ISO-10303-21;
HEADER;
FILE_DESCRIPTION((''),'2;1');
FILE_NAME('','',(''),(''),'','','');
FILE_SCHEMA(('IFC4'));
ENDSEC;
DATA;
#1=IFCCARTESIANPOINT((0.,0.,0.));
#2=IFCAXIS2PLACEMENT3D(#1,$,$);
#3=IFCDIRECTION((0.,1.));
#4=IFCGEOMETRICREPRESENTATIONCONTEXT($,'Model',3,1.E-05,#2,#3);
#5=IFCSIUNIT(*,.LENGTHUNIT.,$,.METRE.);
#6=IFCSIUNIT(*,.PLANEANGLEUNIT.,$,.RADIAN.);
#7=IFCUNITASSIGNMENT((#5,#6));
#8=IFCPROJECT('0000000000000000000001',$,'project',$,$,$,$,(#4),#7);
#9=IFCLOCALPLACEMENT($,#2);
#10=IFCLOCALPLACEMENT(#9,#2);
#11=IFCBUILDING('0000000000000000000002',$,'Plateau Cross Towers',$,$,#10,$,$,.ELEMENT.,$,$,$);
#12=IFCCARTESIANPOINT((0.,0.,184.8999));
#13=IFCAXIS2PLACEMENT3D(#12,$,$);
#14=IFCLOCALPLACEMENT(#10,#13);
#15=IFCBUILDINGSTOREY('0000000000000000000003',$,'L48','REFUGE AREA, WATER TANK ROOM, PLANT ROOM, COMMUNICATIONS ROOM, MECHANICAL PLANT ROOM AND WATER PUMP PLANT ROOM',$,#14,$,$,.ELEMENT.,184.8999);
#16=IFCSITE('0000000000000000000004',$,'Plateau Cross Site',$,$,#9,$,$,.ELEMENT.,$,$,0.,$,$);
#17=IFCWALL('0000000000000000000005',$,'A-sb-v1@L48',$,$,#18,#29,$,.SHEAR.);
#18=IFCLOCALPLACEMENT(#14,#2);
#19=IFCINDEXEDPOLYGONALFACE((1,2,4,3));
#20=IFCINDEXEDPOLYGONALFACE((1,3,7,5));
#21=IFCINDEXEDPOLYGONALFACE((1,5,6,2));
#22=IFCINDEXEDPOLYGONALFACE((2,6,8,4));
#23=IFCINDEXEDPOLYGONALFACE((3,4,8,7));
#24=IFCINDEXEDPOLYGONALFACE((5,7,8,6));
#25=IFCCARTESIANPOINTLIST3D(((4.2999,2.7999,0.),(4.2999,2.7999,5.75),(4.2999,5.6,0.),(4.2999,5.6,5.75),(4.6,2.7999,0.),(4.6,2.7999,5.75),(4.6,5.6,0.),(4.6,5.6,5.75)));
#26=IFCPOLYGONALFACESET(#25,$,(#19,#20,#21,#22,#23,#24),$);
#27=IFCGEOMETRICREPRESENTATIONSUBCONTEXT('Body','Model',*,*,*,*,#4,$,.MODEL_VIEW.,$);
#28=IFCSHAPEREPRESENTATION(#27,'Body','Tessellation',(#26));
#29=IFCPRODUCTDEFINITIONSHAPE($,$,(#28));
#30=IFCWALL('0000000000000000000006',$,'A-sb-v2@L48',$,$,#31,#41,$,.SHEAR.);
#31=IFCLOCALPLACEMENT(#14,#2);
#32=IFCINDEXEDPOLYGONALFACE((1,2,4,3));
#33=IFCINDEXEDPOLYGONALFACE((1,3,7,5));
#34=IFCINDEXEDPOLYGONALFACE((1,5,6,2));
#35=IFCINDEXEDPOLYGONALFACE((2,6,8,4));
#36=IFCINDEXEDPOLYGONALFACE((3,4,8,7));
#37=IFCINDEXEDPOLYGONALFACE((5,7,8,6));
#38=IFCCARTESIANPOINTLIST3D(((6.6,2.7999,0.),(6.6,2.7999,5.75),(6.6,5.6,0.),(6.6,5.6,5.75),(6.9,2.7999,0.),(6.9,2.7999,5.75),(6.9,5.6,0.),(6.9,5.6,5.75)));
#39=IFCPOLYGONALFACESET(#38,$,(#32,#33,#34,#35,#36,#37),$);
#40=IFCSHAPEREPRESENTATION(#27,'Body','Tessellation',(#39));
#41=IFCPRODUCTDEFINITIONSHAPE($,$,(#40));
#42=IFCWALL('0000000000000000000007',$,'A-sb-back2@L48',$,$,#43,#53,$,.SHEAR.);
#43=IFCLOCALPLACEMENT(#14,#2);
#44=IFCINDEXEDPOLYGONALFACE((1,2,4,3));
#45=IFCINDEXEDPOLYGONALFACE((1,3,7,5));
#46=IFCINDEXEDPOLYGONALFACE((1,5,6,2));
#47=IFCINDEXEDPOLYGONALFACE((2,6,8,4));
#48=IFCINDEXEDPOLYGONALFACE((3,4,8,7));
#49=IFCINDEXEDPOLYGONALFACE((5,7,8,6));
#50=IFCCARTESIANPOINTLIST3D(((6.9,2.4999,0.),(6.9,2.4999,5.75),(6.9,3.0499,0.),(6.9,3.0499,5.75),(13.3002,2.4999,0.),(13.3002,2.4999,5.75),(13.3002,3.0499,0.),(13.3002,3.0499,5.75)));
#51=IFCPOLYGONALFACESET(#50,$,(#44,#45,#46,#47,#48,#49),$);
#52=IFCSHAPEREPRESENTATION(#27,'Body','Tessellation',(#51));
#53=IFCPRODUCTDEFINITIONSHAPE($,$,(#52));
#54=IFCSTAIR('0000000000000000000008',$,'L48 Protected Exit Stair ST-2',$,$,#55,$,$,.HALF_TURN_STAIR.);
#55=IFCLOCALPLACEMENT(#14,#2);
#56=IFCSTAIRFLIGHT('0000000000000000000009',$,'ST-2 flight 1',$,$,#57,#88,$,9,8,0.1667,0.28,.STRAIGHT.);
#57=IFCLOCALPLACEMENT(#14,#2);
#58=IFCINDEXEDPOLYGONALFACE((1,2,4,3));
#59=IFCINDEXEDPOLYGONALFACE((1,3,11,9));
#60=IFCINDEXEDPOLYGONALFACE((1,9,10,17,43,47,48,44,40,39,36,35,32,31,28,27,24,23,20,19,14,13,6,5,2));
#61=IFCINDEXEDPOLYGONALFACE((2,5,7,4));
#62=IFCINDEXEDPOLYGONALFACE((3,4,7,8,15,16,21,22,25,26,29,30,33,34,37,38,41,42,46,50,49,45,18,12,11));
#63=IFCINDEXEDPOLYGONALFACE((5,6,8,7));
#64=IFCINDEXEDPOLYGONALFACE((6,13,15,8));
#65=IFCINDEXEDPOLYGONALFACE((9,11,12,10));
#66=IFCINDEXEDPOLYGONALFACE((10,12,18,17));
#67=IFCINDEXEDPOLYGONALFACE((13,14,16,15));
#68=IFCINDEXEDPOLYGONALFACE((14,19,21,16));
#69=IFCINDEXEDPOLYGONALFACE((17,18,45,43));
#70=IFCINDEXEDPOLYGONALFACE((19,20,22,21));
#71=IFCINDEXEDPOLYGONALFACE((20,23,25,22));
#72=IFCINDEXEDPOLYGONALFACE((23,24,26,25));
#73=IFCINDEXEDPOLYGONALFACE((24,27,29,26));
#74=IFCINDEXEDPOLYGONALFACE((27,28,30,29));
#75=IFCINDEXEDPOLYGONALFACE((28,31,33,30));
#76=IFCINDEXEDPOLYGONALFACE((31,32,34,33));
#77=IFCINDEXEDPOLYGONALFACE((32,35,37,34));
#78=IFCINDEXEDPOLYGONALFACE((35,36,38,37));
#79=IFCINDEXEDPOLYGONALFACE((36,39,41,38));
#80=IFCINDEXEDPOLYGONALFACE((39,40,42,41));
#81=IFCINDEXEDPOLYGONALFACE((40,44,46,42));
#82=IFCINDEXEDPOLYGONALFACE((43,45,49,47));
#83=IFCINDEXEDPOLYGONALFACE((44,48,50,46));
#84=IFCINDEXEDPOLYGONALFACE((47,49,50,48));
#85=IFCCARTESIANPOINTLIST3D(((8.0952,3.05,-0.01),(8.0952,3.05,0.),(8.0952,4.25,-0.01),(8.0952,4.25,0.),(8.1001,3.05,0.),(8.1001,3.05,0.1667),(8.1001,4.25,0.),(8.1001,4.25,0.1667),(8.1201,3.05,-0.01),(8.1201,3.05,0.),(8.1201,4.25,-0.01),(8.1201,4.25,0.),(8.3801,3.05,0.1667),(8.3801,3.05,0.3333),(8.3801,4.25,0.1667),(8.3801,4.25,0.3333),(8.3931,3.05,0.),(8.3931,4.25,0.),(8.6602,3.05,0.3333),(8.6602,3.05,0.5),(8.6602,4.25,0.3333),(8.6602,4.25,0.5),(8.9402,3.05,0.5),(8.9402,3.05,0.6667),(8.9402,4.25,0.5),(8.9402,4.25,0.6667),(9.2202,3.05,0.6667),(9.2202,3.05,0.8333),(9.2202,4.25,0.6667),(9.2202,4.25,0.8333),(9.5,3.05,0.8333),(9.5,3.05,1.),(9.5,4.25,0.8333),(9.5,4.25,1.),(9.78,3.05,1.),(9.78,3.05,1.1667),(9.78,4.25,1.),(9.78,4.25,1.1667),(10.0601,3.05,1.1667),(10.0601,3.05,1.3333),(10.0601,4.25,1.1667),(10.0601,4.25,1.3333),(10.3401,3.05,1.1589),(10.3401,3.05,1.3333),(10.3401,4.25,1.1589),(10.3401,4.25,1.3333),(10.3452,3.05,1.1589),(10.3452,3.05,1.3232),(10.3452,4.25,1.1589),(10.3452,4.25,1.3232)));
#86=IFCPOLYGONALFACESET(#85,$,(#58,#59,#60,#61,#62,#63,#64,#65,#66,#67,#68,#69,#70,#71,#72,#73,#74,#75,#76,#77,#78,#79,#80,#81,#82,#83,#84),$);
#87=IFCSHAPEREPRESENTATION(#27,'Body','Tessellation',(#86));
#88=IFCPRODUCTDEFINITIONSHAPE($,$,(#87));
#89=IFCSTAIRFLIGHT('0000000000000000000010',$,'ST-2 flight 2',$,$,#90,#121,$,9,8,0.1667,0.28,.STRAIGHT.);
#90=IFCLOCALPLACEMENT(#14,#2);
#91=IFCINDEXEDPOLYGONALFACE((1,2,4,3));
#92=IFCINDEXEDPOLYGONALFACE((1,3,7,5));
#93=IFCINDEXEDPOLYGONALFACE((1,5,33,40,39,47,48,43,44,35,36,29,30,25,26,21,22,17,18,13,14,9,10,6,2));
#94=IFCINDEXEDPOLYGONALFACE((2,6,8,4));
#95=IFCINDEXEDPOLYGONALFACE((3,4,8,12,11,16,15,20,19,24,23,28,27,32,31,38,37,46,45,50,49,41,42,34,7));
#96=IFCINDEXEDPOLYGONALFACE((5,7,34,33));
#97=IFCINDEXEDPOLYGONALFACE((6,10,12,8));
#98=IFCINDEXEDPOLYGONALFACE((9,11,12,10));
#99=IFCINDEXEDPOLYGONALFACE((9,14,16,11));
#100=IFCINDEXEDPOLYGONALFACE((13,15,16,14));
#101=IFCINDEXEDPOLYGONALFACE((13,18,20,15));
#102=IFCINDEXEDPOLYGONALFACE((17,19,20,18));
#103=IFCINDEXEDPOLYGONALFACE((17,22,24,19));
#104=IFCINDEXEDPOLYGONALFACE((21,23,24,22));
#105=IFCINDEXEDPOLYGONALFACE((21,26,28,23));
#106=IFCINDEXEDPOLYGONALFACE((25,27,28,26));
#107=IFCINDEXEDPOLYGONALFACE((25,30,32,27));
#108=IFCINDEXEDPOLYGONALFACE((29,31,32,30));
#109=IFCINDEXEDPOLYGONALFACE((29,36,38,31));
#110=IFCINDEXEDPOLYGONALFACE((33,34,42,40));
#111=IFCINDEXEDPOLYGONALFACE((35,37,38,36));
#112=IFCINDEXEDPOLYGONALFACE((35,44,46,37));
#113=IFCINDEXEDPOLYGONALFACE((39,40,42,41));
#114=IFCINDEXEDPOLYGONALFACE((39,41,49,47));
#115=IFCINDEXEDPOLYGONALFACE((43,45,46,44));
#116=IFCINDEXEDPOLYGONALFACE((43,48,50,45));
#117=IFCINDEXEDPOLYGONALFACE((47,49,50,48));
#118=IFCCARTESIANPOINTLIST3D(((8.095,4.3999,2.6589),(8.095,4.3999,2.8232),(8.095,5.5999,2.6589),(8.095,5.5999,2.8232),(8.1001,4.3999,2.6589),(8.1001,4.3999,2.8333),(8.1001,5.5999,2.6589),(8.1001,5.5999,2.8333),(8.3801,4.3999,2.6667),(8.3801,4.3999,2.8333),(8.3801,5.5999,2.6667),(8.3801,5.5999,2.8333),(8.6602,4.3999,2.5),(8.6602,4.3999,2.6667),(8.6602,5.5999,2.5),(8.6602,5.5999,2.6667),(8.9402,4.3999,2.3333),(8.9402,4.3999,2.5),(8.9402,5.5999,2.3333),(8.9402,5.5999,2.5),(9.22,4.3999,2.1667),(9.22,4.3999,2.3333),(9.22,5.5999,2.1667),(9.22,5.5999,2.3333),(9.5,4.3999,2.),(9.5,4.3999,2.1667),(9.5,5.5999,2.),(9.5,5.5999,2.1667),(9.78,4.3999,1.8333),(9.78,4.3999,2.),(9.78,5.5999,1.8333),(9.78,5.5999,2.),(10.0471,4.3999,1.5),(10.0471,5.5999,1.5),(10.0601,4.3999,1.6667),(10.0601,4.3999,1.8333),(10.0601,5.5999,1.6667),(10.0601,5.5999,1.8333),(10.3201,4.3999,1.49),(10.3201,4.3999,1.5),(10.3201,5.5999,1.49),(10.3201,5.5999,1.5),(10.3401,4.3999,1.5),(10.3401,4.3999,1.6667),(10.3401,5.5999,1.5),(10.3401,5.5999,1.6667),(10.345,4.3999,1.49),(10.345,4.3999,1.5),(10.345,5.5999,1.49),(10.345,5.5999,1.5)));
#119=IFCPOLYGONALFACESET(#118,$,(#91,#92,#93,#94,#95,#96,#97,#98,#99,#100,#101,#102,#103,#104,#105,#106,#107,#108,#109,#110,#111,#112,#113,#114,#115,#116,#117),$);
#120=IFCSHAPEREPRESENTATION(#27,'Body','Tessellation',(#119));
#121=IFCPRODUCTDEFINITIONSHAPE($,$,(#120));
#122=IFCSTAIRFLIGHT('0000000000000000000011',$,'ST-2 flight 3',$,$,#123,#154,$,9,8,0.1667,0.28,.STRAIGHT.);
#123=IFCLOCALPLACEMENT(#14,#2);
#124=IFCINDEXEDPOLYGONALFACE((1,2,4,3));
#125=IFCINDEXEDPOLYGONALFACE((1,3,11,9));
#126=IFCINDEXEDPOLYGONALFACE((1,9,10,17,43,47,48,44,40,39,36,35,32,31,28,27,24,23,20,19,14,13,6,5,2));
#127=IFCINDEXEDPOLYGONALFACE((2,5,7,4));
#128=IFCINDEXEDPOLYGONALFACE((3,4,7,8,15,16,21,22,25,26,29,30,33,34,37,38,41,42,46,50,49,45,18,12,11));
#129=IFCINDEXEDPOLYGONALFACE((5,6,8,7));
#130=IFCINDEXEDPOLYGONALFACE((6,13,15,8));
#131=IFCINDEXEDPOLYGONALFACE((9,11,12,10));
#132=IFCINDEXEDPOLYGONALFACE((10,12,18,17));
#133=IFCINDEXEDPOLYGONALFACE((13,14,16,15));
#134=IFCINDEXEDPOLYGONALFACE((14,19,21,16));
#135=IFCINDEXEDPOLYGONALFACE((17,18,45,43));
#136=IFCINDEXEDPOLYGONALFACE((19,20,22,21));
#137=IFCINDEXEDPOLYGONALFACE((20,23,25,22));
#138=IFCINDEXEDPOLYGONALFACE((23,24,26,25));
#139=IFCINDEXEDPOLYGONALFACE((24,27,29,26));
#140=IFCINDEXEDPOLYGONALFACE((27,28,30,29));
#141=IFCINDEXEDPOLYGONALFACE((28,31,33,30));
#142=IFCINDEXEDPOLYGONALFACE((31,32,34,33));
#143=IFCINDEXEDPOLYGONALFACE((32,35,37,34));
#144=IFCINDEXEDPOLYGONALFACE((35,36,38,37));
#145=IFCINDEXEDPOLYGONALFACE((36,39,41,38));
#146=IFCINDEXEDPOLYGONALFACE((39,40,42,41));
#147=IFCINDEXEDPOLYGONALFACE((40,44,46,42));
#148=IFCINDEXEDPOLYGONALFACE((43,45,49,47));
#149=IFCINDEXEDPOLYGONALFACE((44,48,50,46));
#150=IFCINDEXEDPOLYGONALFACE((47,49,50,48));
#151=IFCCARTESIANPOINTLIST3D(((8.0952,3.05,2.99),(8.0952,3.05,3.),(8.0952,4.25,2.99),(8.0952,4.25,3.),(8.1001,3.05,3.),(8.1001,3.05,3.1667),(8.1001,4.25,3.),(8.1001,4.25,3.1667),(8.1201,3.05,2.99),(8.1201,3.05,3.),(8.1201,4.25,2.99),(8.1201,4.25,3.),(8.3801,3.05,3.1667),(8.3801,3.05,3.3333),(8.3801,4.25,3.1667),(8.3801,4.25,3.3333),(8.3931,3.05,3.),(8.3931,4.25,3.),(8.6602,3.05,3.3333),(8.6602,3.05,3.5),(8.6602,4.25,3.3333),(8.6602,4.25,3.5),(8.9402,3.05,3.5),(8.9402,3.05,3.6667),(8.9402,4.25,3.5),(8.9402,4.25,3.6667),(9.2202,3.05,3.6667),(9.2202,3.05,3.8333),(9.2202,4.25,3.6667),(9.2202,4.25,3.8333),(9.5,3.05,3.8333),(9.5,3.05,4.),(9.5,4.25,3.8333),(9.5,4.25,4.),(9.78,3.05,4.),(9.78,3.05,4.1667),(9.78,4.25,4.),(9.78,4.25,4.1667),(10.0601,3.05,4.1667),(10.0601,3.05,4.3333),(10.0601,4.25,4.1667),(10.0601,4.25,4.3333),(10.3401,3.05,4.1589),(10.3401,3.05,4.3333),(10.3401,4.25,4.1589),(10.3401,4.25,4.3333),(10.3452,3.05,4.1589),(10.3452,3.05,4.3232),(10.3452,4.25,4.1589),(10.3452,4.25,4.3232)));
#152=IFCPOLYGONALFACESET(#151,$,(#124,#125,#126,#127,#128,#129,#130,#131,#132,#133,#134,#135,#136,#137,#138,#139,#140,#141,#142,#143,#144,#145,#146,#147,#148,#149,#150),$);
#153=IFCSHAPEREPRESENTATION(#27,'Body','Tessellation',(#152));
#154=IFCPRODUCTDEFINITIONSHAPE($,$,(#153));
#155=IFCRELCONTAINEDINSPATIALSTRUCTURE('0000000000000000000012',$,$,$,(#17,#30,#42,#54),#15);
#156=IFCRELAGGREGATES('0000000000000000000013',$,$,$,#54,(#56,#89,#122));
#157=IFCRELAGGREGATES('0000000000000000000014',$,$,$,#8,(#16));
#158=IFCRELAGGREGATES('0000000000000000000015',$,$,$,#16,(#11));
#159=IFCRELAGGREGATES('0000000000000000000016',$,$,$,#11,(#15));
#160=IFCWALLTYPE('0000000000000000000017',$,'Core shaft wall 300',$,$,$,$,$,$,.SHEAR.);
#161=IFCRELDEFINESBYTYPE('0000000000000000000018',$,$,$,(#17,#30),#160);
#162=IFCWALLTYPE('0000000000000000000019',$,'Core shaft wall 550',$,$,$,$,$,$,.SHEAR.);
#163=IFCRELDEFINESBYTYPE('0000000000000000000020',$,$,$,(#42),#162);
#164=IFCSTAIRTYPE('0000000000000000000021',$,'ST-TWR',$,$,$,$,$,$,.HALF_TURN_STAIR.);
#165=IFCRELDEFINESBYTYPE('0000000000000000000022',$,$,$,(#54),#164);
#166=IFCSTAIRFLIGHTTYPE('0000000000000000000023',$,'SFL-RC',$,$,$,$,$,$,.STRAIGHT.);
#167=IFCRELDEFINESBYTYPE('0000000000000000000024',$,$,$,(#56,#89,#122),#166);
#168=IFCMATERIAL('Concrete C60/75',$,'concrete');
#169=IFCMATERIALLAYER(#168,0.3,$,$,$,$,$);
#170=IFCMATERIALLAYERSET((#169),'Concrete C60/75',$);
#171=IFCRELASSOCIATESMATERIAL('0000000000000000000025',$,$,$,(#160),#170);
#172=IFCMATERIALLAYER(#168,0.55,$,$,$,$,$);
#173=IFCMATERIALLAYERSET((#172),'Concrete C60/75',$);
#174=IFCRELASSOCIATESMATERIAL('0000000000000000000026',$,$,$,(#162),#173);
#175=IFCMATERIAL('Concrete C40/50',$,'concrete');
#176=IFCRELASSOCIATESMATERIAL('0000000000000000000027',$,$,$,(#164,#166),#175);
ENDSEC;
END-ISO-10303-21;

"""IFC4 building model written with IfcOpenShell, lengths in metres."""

from ifc_helpers import new_model, si_unit, direction, frame, frame_2d, origin, place, context, subcontext, project, spatial, polyline, rectangle, outline, extrude, material, layer, layer_set, type_object, element, aggregate, save


model = new_model("IFC4")

# Units and contexts
model_context = context("Model", 3, precision=1e-05, world=origin(), true_north=direction((0.0, 1.0)))
body_context = subcontext(model_context, "Body", "Model", "MODEL_VIEW")
ifc_project = project(units=[si_unit("LENGTHUNIT", "METRE"), si_unit("PLANEANGLEUNIT", "RADIAN")], contexts=[model_context])

# Site, building, storey
site_placement = place(None, origin())
site = spatial("IfcSite", under=ifc_project, at=site_placement, Name="Plateau Cross Site", CompositionType="ELEMENT", RefElevation=0.0)
building_placement = place(site_placement, origin())
building = spatial("IfcBuilding", under=site, at=building_placement, Name="Plateau Cross Towers", CompositionType="ELEMENT")
storey_placement = place(building_placement, frame((0.0, 0.0, 184.8999)))
storey = spatial("IfcBuildingStorey", under=building, at=storey_placement, Name="L48", Description="REFUGE AREA, WATER TANK ROOM, PLANT ROOM, COMMUNICATIONS ROOM, MECHANICAL PLANT ROOM AND WATER PUMP PLANT ROOM", CompositionType="ELEMENT", Elevation=184.8999)

# Walls
ifc_material_1 = material(Name="Concrete C60/75", Category="concrete")
ifc_layer_1 = layer(ifc_material_1, 0.3)
ifc_layer_set_1 = layer_set([ifc_layer_1], Name="Concrete C60/75")
wall_type_1 = type_object("IfcWallType", Name="Core shaft wall 300", PredefinedType="SHEAR", material=ifc_layer_set_1)
for number, where, z_axis, x_axis, name in (
    (1, (4.45, 2.8, 0.0), (0.0, 0.0, 1.0), (0.0, 1.0, 0.0), "A-sb-v1@L48"),
    (2, (6.75, 2.8, 0.0), (0.0, 0.0, 1.0), (0.0, 1.0, 0.0), "A-sb-v2@L48"),
):
    element("IfcWall", number, at=place(storey_placement, frame(where, z_axis=z_axis, x_axis=x_axis)), inside=storey, type_object=wall_type_1, Name=name, PredefinedType="SHEAR", context=body_context, shape_type="SweptSolid", body=[
        extrude(rectangle(XDim=2.8, YDim=0.3, at=frame_2d((1.3999, 0.0))), origin(), (0.0, 0.0, 1.0), 5.75),
    ])
ifc_layer_2 = layer(ifc_material_1, 0.55)
ifc_layer_set_2 = layer_set([ifc_layer_2], Name="Concrete C60/75")
wall_type_2 = type_object("IfcWallType", Name="Core shaft wall 550", PredefinedType="SHEAR", material=ifc_layer_set_2)
wall_placement = place(storey_placement, frame((6.8999, 2.7749, 0.0), z_axis=(0.0, 0.0, 1.0), x_axis=(1.0, 0.0, 0.0)))
element("IfcWall", 3, at=wall_placement, inside=storey, type_object=wall_type_2, Name="A-sb-back2@L48", PredefinedType="SHEAR", context=body_context, shape_type="SweptSolid", body=[
    extrude(rectangle(XDim=6.4001, YDim=0.55, at=frame_2d((3.2002, 0.0))), origin(), (0.0, 0.0, 1.0), 5.75),
])

# Stair, stair flights
ifc_material_2 = material(Name="Concrete C40/50", Category="concrete")
stair_type = type_object("IfcStairType", Name="ST-TWR", PredefinedType="HALF_TURN_STAIR", material=ifc_material_2)
stair_placement = place(storey_placement, origin())
stair = element("IfcStair", 4, at=stair_placement, inside=storey, type_object=stair_type, Name="L48 Protected Exit Stair ST-2", PredefinedType="HALF_TURN_STAIR")
stair_flight_type = type_object("IfcStairFlightType", Name="SFL-RC", PredefinedType="STRAIGHT", material=ifc_material_2)
stair_flight_1_placement = place(storey_placement, frame((8.1001, 3.6499, 0.0), z_axis=(0.0, 0.0, 1.0), x_axis=(1.0, 0.0, 0.0)))
stair_flight_1 = element("IfcStairFlight", 5, at=stair_flight_1_placement, type_object=stair_flight_type, Name="ST-2 flight 1", NumberOfRisers=9, NumberOfTreads=8, PredefinedType="STRAIGHT", RiserHeight=0.1667, TreadLength=0.28, context=body_context, shape_type="SweptSolid", body=[
    extrude(outline(polyline([(-0.0049, -0.01), (-0.0049, 0.0), (0.0, 0.0), (0.0, 0.1667), (0.28, 0.1667), (0.28, 0.3333), (0.5601, 0.3333), (0.5601, 0.5), (0.8401, 0.5), (0.8401, 0.6667), (1.1201, 0.6667), (1.1201, 0.8333), (1.3999, 0.8333), (1.3999, 1.0), (1.6799, 1.0), (1.6799, 1.1667), (1.96, 1.1667), (1.96, 1.3333), (2.24, 1.3333), (2.2451, 1.3232), (2.2451, 1.1589), (2.24, 1.1589), (0.293, 0.0), (0.02, 0.0), (0.02, -0.01), (-0.0049, -0.01)])), frame((0.0, 0.6001, 0.0), z_axis=(0.0, -1.0, 0.0), x_axis=(1.0, 0.0, 0.0)), (0.0, 0.0, 1.0), 1.2),
])
stair_flight_2_placement = place(storey_placement, frame((10.3401, 5.0, 1.5), z_axis=(0.0, 0.0, 1.0), x_axis=(-1.0, 0.0, 0.0)))
stair_flight_2 = element("IfcStairFlight", 6, at=stair_flight_2_placement, type_object=stair_flight_type, Name="ST-2 flight 2", NumberOfRisers=9, NumberOfTreads=8, PredefinedType="STRAIGHT", RiserHeight=0.1667, TreadLength=0.28, context=body_context, shape_type="SweptSolid", body=[
    extrude(outline(polyline([(-0.0049, -0.01), (-0.0049, 0.0), (0.0, 0.0), (0.0, 0.1667), (0.28, 0.1667), (0.28, 0.3333), (0.5601, 0.3333), (0.5601, 0.5), (0.8401, 0.5), (0.8401, 0.6667), (1.1201, 0.6667), (1.1201, 0.8333), (1.3999, 0.8333), (1.3999, 1.0), (1.6799, 1.0), (1.6799, 1.1667), (1.96, 1.1667), (1.96, 1.3333), (2.24, 1.3333), (2.2451, 1.3232), (2.2451, 1.1589), (2.24, 1.1589), (0.293, 0.0), (0.02, 0.0), (0.02, -0.01), (-0.0049, -0.01)])), frame((0.0, 0.6001, 0.0), z_axis=(0.0, -1.0, 0.0), x_axis=(1.0, 0.0, 0.0)), (0.0, 0.0, 1.0), 1.2),
])
stair_flight_3_placement = place(storey_placement, frame((8.1001, 3.6499, 3.0), z_axis=(0.0, 0.0, 1.0), x_axis=(1.0, 0.0, 0.0)))
stair_flight_3 = element("IfcStairFlight", 7, at=stair_flight_3_placement, type_object=stair_flight_type, Name="ST-2 flight 3", NumberOfRisers=9, NumberOfTreads=8, PredefinedType="STRAIGHT", RiserHeight=0.1667, TreadLength=0.28, context=body_context, shape_type="SweptSolid", body=[
    extrude(outline(polyline([(-0.0049, -0.01), (-0.0049, 0.0), (0.0, 0.0), (0.0, 0.1667), (0.28, 0.1667), (0.28, 0.3333), (0.5601, 0.3333), (0.5601, 0.5), (0.8401, 0.5), (0.8401, 0.6667), (1.1201, 0.6667), (1.1201, 0.8333), (1.3999, 0.8333), (1.3999, 1.0), (1.6799, 1.0), (1.6799, 1.1667), (1.96, 1.1667), (1.96, 1.3333), (2.24, 1.3333), (2.2451, 1.3232), (2.2451, 1.1589), (2.24, 1.1589), (0.293, 0.0), (0.02, 0.0), (0.02, -0.01), (-0.0049, -0.01)])), frame((0.0, 0.6001, 0.0), z_axis=(0.0, -1.0, 0.0), x_axis=(1.0, 0.0, 0.0)), (0.0, 0.0, 1.0), 1.2),
])
aggregate(stair, [stair_flight_1, stair_flight_2, stair_flight_3])

save(model, "model.ifc")
